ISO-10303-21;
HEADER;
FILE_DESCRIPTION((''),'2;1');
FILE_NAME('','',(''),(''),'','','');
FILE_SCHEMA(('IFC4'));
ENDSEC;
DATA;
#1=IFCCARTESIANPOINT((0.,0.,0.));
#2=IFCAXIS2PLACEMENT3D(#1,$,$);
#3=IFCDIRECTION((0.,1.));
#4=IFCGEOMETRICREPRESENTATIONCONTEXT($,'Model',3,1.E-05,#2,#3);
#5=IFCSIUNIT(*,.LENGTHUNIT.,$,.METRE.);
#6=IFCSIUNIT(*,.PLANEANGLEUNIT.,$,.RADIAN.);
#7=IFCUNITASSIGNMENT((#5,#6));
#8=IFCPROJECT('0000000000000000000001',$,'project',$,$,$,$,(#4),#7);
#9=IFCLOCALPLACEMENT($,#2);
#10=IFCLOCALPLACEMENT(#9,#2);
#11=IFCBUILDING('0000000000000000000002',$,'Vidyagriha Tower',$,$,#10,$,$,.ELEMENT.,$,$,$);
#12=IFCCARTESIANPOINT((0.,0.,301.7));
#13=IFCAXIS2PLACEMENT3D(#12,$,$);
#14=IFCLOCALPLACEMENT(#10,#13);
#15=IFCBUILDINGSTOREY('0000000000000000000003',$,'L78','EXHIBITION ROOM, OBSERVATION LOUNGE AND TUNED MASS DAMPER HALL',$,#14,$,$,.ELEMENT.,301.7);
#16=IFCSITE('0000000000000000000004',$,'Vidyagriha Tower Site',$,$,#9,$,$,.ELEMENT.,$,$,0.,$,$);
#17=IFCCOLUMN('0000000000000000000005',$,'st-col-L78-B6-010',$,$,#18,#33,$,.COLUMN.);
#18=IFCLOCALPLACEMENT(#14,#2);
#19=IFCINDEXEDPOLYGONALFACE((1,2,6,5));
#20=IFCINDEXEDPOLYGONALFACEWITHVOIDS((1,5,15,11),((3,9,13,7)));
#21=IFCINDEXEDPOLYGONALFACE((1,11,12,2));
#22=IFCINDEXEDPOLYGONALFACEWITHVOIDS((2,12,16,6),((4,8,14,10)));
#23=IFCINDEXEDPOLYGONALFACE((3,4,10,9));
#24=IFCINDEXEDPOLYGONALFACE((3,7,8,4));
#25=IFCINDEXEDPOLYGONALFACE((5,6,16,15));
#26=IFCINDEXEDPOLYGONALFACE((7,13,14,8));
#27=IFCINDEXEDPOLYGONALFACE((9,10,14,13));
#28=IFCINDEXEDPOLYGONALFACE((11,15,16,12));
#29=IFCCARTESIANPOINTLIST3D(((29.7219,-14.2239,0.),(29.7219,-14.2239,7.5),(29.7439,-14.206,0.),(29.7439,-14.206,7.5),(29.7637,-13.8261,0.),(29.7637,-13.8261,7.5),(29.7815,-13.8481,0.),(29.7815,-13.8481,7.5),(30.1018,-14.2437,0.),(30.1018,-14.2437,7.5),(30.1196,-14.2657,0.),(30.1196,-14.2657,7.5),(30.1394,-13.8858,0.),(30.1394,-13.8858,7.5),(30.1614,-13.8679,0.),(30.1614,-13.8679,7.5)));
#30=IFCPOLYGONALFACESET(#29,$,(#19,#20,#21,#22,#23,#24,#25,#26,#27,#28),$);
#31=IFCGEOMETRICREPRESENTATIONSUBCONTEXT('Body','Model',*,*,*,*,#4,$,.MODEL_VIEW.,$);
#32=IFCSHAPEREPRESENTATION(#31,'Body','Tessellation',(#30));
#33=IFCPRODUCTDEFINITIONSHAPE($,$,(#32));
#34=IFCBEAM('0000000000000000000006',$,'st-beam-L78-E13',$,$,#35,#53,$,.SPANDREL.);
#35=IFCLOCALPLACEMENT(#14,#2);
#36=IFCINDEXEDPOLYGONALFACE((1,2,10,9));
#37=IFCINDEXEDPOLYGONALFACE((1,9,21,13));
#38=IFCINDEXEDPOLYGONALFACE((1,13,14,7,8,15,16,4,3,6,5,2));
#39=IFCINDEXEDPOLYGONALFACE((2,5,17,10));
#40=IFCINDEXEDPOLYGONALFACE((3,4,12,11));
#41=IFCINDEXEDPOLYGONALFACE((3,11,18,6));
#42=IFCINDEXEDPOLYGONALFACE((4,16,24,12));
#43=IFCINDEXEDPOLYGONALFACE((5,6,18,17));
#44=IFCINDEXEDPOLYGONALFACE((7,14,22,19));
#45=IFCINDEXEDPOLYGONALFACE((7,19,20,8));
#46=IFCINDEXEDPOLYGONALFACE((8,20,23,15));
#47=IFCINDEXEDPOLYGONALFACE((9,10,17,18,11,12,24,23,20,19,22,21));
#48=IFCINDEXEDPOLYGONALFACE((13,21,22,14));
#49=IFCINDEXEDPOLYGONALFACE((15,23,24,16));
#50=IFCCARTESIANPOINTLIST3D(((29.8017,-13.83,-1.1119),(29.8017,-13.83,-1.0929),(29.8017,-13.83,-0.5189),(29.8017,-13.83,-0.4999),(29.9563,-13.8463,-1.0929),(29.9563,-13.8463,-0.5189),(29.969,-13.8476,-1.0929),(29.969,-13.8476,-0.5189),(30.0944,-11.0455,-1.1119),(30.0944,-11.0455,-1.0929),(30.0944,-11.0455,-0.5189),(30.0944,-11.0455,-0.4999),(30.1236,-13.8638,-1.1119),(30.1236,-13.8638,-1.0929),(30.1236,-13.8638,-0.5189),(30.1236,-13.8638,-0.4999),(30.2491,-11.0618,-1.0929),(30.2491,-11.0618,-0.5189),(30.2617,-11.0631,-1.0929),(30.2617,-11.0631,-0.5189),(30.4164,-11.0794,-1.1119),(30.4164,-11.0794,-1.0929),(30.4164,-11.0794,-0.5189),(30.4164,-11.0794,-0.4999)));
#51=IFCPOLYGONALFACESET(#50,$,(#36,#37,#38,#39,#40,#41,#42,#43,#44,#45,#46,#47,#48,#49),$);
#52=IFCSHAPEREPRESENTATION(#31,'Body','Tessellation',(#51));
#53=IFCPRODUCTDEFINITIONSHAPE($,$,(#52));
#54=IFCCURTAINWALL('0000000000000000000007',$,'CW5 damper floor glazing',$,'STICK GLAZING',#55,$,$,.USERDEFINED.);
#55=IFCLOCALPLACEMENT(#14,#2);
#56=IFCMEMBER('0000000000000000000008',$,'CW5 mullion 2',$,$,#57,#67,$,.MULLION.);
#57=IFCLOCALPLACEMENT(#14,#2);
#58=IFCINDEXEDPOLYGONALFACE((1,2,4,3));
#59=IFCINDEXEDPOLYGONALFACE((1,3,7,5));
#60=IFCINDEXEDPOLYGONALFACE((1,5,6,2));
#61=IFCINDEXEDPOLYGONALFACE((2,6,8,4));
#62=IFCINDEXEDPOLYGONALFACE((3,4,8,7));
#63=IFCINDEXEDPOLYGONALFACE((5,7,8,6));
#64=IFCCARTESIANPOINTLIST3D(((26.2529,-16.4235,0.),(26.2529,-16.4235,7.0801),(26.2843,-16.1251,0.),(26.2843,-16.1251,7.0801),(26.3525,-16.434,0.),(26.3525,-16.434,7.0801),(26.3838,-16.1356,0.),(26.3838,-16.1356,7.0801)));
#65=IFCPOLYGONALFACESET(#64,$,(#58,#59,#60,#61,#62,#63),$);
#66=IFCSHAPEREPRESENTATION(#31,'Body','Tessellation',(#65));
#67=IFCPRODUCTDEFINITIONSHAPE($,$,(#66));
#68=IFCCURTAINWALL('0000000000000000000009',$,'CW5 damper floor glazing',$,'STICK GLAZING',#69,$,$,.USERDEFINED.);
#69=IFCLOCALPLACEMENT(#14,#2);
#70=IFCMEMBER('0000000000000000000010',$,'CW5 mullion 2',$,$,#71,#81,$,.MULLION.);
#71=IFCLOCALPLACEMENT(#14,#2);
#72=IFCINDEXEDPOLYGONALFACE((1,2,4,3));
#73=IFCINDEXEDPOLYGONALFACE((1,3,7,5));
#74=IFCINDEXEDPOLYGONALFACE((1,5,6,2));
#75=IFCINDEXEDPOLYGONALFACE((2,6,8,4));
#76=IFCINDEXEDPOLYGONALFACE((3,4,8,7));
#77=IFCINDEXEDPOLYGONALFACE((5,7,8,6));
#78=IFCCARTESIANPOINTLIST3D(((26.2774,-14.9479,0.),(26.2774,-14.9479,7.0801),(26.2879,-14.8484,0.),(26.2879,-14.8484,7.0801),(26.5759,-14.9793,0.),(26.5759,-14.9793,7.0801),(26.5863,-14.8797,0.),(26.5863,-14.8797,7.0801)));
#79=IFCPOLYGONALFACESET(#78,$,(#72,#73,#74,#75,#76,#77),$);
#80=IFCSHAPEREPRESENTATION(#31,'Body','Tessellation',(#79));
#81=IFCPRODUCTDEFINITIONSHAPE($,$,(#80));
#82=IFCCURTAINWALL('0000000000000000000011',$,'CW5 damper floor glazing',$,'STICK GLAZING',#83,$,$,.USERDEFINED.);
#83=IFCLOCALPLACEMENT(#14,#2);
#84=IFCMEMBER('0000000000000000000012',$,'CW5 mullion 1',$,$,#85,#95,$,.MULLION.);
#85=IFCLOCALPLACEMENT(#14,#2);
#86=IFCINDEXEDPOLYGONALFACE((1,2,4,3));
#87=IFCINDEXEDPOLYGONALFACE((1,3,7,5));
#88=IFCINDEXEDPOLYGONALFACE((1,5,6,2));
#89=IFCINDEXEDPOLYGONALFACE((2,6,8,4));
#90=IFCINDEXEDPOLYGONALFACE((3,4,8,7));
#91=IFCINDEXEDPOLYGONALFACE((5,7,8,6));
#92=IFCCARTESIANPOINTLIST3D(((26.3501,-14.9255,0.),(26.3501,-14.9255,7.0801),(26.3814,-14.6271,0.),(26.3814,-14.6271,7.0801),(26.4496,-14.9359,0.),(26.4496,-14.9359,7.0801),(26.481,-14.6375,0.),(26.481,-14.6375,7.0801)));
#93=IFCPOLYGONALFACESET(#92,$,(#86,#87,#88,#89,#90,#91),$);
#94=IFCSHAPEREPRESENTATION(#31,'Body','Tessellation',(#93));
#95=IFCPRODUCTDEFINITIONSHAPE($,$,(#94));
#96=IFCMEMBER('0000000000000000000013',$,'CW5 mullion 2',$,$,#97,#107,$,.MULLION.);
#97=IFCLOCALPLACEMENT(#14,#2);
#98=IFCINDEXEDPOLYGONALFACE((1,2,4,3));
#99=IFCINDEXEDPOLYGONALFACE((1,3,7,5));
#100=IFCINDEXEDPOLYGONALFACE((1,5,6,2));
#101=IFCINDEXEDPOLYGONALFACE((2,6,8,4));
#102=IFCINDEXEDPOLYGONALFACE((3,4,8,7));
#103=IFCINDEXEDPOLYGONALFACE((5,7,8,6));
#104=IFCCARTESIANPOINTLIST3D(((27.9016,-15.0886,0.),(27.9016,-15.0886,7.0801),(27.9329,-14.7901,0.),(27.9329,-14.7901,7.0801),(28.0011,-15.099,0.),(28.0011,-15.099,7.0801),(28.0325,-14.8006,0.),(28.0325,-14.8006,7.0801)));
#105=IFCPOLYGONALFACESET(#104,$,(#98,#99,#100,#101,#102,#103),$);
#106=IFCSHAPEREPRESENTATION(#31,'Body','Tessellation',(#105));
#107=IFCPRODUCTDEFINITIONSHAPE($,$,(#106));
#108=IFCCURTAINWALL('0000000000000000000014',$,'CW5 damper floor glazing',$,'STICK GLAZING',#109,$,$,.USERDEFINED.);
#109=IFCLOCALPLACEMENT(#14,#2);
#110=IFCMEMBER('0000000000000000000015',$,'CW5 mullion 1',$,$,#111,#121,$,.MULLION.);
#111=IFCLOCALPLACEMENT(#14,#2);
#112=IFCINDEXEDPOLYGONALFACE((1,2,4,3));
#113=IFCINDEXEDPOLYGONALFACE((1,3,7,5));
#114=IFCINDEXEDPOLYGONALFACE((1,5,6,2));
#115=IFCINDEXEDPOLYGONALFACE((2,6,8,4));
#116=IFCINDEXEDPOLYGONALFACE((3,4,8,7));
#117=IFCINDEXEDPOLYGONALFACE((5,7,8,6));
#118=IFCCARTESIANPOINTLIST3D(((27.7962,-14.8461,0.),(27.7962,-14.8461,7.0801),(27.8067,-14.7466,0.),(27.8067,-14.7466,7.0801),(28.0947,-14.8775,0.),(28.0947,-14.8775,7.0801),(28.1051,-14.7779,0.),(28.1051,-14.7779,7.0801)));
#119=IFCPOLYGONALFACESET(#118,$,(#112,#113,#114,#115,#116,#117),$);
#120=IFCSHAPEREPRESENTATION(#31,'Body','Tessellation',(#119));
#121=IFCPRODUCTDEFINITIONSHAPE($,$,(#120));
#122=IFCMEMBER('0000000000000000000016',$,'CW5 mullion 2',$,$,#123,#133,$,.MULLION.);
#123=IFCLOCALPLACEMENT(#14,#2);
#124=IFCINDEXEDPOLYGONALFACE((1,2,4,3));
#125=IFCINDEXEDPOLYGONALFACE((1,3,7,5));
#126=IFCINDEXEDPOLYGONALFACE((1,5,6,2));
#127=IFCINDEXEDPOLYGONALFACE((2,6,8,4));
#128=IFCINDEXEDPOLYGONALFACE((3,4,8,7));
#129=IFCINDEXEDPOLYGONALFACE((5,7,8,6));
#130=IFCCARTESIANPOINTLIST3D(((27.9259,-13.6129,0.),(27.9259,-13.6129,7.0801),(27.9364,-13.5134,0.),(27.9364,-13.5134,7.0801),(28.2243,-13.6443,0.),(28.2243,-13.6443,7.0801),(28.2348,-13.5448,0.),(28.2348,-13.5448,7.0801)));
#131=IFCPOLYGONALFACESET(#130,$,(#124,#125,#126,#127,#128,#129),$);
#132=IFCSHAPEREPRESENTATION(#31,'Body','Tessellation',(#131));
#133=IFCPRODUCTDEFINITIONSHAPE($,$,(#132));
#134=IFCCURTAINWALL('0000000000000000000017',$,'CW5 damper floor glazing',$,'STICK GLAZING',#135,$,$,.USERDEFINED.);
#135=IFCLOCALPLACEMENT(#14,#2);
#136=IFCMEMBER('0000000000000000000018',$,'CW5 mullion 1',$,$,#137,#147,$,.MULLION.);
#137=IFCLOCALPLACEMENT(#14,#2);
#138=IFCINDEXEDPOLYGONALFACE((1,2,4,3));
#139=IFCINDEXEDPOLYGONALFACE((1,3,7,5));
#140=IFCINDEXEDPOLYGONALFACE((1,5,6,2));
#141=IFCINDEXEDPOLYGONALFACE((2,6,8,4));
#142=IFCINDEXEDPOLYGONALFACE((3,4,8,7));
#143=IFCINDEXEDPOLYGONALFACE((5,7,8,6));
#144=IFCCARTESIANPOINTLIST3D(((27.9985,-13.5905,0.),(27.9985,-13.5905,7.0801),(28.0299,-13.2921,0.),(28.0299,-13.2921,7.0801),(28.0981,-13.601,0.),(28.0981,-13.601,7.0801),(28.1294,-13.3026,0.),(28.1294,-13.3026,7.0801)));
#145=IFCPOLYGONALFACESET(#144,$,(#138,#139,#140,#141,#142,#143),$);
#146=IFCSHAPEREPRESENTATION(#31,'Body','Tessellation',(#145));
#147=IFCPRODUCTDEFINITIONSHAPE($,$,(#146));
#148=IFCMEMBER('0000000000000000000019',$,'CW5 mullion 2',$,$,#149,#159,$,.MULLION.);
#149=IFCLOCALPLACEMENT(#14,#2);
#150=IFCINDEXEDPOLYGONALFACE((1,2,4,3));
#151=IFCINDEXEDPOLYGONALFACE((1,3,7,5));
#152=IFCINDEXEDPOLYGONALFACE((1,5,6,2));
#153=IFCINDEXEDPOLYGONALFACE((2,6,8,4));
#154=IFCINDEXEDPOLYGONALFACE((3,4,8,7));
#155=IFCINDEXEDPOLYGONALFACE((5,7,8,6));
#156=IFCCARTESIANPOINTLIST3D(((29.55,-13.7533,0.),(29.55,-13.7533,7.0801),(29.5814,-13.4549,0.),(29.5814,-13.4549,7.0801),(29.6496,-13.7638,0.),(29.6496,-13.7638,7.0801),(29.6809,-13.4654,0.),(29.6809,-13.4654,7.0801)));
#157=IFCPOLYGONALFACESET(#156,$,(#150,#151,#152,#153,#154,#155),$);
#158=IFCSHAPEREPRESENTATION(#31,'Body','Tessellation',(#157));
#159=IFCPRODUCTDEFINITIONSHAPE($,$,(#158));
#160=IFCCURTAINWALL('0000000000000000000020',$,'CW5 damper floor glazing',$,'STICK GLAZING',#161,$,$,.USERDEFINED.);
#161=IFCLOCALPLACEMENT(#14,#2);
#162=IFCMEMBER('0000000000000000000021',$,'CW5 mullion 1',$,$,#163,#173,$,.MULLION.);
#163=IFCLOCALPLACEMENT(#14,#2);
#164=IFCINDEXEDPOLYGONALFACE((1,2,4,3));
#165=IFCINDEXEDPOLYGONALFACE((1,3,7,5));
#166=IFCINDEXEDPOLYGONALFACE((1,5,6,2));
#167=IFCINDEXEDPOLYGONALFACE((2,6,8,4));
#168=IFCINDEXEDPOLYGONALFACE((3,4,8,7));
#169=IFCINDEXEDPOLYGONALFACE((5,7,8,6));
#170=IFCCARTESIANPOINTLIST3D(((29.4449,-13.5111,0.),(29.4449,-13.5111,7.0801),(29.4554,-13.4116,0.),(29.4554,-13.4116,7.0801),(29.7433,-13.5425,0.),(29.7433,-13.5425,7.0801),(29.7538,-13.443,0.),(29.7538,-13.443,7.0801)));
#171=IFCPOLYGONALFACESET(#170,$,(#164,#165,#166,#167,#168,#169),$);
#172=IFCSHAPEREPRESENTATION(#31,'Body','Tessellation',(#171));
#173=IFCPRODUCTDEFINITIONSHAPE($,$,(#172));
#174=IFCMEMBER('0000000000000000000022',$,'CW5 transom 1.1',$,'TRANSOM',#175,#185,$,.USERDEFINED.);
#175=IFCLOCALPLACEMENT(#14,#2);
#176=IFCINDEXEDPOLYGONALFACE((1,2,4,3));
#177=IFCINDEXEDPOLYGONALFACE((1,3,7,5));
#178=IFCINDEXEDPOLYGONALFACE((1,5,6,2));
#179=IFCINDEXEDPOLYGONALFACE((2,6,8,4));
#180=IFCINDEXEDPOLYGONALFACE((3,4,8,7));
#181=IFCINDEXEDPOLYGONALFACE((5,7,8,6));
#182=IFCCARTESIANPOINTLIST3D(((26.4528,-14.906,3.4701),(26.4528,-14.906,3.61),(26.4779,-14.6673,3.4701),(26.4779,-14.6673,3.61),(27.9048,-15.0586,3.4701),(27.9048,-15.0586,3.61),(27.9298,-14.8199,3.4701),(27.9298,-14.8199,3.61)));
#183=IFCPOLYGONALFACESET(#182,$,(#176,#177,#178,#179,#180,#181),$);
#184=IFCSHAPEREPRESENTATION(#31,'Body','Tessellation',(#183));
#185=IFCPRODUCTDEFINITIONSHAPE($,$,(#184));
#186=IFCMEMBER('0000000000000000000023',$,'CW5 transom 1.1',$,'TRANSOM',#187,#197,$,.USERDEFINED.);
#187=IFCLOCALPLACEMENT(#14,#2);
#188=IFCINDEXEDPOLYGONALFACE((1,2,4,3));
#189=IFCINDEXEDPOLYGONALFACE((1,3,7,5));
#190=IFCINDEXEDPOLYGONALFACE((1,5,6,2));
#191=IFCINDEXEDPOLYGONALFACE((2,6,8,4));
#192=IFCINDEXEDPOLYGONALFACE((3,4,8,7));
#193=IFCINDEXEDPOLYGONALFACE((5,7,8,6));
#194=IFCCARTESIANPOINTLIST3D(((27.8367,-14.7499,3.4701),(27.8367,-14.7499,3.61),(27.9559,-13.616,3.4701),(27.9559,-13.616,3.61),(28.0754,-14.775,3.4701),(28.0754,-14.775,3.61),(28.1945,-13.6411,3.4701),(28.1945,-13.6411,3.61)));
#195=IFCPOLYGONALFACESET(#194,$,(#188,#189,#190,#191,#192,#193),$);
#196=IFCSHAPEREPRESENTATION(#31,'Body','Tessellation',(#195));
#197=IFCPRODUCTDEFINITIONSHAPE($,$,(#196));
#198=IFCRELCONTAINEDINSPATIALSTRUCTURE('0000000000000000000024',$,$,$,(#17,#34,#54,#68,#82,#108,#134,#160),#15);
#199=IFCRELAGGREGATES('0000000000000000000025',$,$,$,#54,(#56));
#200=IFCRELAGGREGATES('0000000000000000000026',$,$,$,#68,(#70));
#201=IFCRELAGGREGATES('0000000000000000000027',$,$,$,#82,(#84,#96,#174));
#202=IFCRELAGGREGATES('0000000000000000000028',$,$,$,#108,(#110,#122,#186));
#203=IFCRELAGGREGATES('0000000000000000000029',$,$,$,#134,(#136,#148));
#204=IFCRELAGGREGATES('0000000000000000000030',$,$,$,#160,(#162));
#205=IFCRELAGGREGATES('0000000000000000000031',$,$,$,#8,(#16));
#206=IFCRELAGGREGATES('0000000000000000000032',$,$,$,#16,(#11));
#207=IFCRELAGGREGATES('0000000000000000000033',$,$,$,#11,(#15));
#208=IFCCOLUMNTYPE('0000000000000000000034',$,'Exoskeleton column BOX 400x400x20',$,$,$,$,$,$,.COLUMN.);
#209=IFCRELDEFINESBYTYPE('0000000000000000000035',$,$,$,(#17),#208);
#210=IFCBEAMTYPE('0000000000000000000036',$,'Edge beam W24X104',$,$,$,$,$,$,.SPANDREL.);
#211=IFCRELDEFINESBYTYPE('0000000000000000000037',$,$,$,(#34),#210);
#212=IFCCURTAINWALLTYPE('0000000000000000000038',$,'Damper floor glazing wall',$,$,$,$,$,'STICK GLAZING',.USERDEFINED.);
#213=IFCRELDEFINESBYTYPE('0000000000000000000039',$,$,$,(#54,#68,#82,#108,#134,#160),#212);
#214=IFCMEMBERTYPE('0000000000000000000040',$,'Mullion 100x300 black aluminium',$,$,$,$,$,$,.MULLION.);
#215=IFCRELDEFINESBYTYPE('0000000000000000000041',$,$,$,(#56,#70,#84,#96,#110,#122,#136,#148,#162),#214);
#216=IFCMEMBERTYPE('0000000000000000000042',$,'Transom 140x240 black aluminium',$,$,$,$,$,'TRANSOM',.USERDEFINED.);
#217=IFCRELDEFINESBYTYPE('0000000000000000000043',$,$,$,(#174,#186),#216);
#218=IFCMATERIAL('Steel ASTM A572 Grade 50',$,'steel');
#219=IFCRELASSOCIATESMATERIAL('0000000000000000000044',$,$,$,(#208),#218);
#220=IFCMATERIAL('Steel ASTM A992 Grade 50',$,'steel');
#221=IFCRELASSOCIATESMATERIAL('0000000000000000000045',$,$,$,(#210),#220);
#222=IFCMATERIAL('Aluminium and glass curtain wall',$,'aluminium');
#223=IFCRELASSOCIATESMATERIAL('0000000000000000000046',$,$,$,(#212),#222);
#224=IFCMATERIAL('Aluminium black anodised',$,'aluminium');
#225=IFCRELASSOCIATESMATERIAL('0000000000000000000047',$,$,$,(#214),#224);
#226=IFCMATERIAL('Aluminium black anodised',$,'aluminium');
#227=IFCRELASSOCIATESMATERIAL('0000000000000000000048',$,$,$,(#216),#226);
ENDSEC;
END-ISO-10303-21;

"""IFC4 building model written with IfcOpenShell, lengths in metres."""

from ifc_helpers import new_model, si_unit, direction, frame, origin, origin_2d, place, context, subcontext, project, spatial, rectangle, hollow_rectangle, i_section, extrude, material, material_profile, profile_set, type_object, element, aggregate, save


model = new_model("IFC4")

# Units and contexts
model_context = context("Model", 3, precision=1e-05, world=origin(), true_north=direction((0.0, 1.0)))
body_context = subcontext(model_context, "Body", "Model", "MODEL_VIEW")
ifc_project = project(units=[si_unit("LENGTHUNIT", "METRE"), si_unit("PLANEANGLEUNIT", "RADIAN")], contexts=[model_context])

# Site, building, storey
site_placement = place(None, origin())
site = spatial("IfcSite", under=ifc_project, at=site_placement, Name="Vidyagriha Tower Site", CompositionType="ELEMENT", RefElevation=0.0)
building_placement = place(site_placement, origin())
building = spatial("IfcBuilding", under=site, at=building_placement, Name="Vidyagriha Tower", CompositionType="ELEMENT")
storey_placement = place(building_placement, frame((0.0, 0.0, 301.7)))
storey = spatial("IfcBuildingStorey", under=building, at=storey_placement, Name="L78", Description="EXHIBITION ROOM, OBSERVATION LOUNGE AND TUNED MASS DAMPER HALL", CompositionType="ELEMENT", Elevation=301.7)

# Column
ifc_material_1 = material(Name="Steel ASTM A572 Grade 50", Category="steel")
ifc_material_profile_1 = material_profile(ifc_material_1, hollow_rectangle(XDim=0.3999, YDim=0.3999, WallThickness=0.02, at=origin_2d()), Name="BOX 400x400x20")
ifc_profile_set_1 = profile_set([ifc_material_profile_1], Name="Steel ASTM A572 Grade 50")
column_type = type_object("IfcColumnType", Name="Exoskeleton column BOX 400x400x20", PredefinedType="COLUMN", material=ifc_profile_set_1)
column_placement = place(storey_placement, frame((29.9417, -14.0459, 0.0), z_axis=(0.0, 0.0, 1.0), x_axis=(0.994522, -0.104528, 0.0)))
element("IfcColumn", 1, at=column_placement, inside=storey, type_object=column_type, Name="st-col-L78-B6-010", PredefinedType="COLUMN", context=body_context, shape_type="SweptSolid", body=[
    extrude(hollow_rectangle(XDim=0.3999, YDim=0.3999, WallThickness=0.02, at=origin_2d()), origin(), (0.0, 0.0, 1.0), 7.5),
])

# Beam
ifc_material_2 = material(Name="Steel ASTM A992 Grade 50", Category="steel")
ifc_material_profile_2 = material_profile(ifc_material_2, i_section(OverallWidth=0.3237, OverallDepth=0.6121, WebThickness=0.0127, FlangeThickness=0.019, at=origin_2d()), Name="W24X104")
ifc_profile_set_2 = profile_set([ifc_material_profile_2], Name="Steel ASTM A992 Grade 50")
beam_type = type_object("IfcBeamType", Name="Edge beam W24X104", PredefinedType="SPANDREL", material=ifc_profile_set_2)
beam_placement = place(storey_placement, frame((29.9626, -13.8469, -0.8059), z_axis=(0.104553, 0.994519, 0.0), x_axis=(-0.994519, 0.104553, 0.0)))
element("IfcBeam", 2, at=beam_placement, inside=storey, type_object=beam_type, Name="st-beam-L78-E13", PredefinedType="SPANDREL", context=body_context, shape_type="SweptSolid", body=[
    extrude(i_section(OverallWidth=0.3237, OverallDepth=0.6121, WebThickness=0.0127, FlangeThickness=0.019, at=origin_2d()), origin(), (0.0, 0.0, 1.0), 2.7998),
])

# Curtain walls, members
ifc_material_3 = material(Name="Aluminium and glass curtain wall", Category="aluminium")
curtain_wall_type = type_object("IfcCurtainWallType", Name="Damper floor glazing wall", ElementType="STICK GLAZING", PredefinedType="USERDEFINED", material=ifc_material_3)
curtain_wall_1_placement = place(storey_placement, origin())
curtain_wall_1 = element("IfcCurtainWall", 3, at=curtain_wall_1_placement, inside=storey, type_object=curtain_wall_type, Name="CW5 damper floor glazing", ObjectType="STICK GLAZING", PredefinedType="USERDEFINED")
ifc_material_4 = material(Name="Aluminium black anodised", Category="aluminium")
ifc_material_profile_3 = material_profile(ifc_material_4, rectangle(XDim=0.3, YDim=0.1001, at=origin_2d()), Name="Mullion 100x300 black aluminium")
ifc_profile_set_3 = profile_set([ifc_material_profile_3], Name="Aluminium black anodised")
member_type_1 = type_object("IfcMemberType", Name="Mullion 100x300 black aluminium", PredefinedType="MULLION", material=ifc_profile_set_3)
member_1_placement = place(storey_placement, frame((26.3184, -16.2795, 0.0), z_axis=(0.0, 0.0, 1.0), x_axis=(0.104519, 0.994523, 0.0)))
member_1 = element("IfcMember", 4, at=member_1_placement, type_object=member_type_1, Name="CW5 mullion 2", PredefinedType="MULLION", context=body_context, shape_type="SweptSolid", body=[
    extrude(rectangle(XDim=0.3, YDim=0.1001, at=origin_2d()), origin(), (0.0, 0.0, 1.0), 7.0801),
])
aggregate(curtain_wall_1, [member_1])
curtain_wall_2_placement = place(storey_placement, origin())
curtain_wall_2 = element("IfcCurtainWall", 5, at=curtain_wall_2_placement, inside=storey, type_object=curtain_wall_type, Name="CW5 damper floor glazing", ObjectType="STICK GLAZING", PredefinedType="USERDEFINED")
member_2_placement = place(storey_placement, frame((26.4319, -14.9138, 0.0), z_axis=(0.0, 0.0, 1.0), x_axis=(-0.99452, 0.104549, 0.0)))
member_2 = element("IfcMember", 6, at=member_2_placement, type_object=member_type_1, Name="CW5 mullion 2", PredefinedType="MULLION", context=body_context, shape_type="SweptSolid", body=[
    extrude(rectangle(XDim=0.3, YDim=0.1001, at=origin_2d()), origin(), (0.0, 0.0, 1.0), 7.0801),
])

# Curtain walls, members
curtain_wall_3_placement = place(storey_placement, origin())
curtain_wall_3 = element("IfcCurtainWall", 7, at=curtain_wall_3_placement, inside=storey, type_object=curtain_wall_type, Name="CW5 damper floor glazing", ObjectType="STICK GLAZING", PredefinedType="USERDEFINED")
member_3_placement = place(storey_placement, frame((26.4155, -14.7815, 0.0), z_axis=(0.0, 0.0, 1.0), x_axis=(0.104519, 0.994523, 0.0)))
member_3 = element("IfcMember", 8, at=member_3_placement, type_object=member_type_1, Name="CW5 mullion 1", PredefinedType="MULLION", context=body_context, shape_type="SweptSolid", body=[
    extrude(rectangle(XDim=0.3, YDim=0.1001, at=origin_2d()), origin(), (0.0, 0.0, 1.0), 7.0801),
])
member_4_placement = place(storey_placement, frame((27.967, -14.9446, 0.0), z_axis=(0.0, 0.0, 1.0), x_axis=(0.104519, 0.994523, 0.0)))
member_4 = element("IfcMember", 9, at=member_4_placement, type_object=member_type_1, Name="CW5 mullion 2", PredefinedType="MULLION", context=body_context, shape_type="SweptSolid", body=[
    extrude(rectangle(XDim=0.3, YDim=0.1001, at=origin_2d()), origin(), (0.0, 0.0, 1.0), 7.0801),
])
curtain_wall_4_placement = place(storey_placement, origin())
curtain_wall_4 = element("IfcCurtainWall", 10, at=curtain_wall_4_placement, inside=storey, type_object=curtain_wall_type, Name="CW5 damper floor glazing", ObjectType="STICK GLAZING", PredefinedType="USERDEFINED")
member_5_placement = place(storey_placement, frame((27.9507, -14.812, 0.0), z_axis=(0.0, 0.0, 1.0), x_axis=(-0.99452, 0.104549, 0.0)))
member_5 = element("IfcMember", 11, at=member_5_placement, type_object=member_type_1, Name="CW5 mullion 1", PredefinedType="MULLION", context=body_context, shape_type="SweptSolid", body=[
    extrude(rectangle(XDim=0.3, YDim=0.1001, at=origin_2d()), origin(), (0.0, 0.0, 1.0), 7.0801),
])
member_6_placement = place(storey_placement, frame((28.0803, -13.5789, 0.0), z_axis=(0.0, 0.0, 1.0), x_axis=(-0.99452, 0.104549, 0.0)))
member_6 = element("IfcMember", 12, at=member_6_placement, type_object=member_type_1, Name="CW5 mullion 2", PredefinedType="MULLION", context=body_context, shape_type="SweptSolid", body=[
    extrude(rectangle(XDim=0.3, YDim=0.1001, at=origin_2d()), origin(), (0.0, 0.0, 1.0), 7.0801),
])
curtain_wall_5_placement = place(storey_placement, origin())
curtain_wall_5 = element("IfcCurtainWall", 13, at=curtain_wall_5_placement, inside=storey, type_object=curtain_wall_type, Name="CW5 damper floor glazing", ObjectType="STICK GLAZING", PredefinedType="USERDEFINED")
member_7_placement = place(storey_placement, frame((28.064, -13.4465, 0.0), z_axis=(0.0, 0.0, 1.0), x_axis=(0.104512, 0.994524, 0.0)))
member_7 = element("IfcMember", 14, at=member_7_placement, type_object=member_type_1, Name="CW5 mullion 1", PredefinedType="MULLION", context=body_context, shape_type="SweptSolid", body=[
    extrude(rectangle(XDim=0.3, YDim=0.1001, at=origin_2d()), origin(), (0.0, 0.0, 1.0), 7.0801),
])
member_8_placement = place(storey_placement, frame((29.6155, -13.6094, 0.0), z_axis=(0.0, 0.0, 1.0), x_axis=(0.104512, 0.994524, 0.0)))
member_8 = element("IfcMember", 15, at=member_8_placement, type_object=member_type_1, Name="CW5 mullion 2", PredefinedType="MULLION", context=body_context, shape_type="SweptSolid", body=[
    extrude(rectangle(XDim=0.3, YDim=0.1001, at=origin_2d()), origin(), (0.0, 0.0, 1.0), 7.0801),
])

# Curtain wall, member
curtain_wall_6_placement = place(storey_placement, origin())
curtain_wall_6 = element("IfcCurtainWall", 16, at=curtain_wall_6_placement, inside=storey, type_object=curtain_wall_type, Name="CW5 damper floor glazing", ObjectType="STICK GLAZING", PredefinedType="USERDEFINED")
member_9_placement = place(storey_placement, frame((29.5994, -13.4771, 0.0), z_axis=(0.0, 0.0, 1.0), x_axis=(-0.994522, 0.104527, 0.0)))
member_9 = element("IfcMember", 17, at=member_9_placement, type_object=member_type_1, Name="CW5 mullion 1", PredefinedType="MULLION", context=body_context, shape_type="SweptSolid", body=[
    extrude(rectangle(XDim=0.3, YDim=0.1001, at=origin_2d()), origin(), (0.0, 0.0, 1.0), 7.0801),
])

# Members
ifc_material_5 = material(Name="Aluminium black anodised", Category="aluminium")
ifc_material_profile_4 = material_profile(ifc_material_5, rectangle(XDim=0.24, YDim=0.1399, at=origin_2d()), Name="Transom 140x240 black aluminium")
ifc_profile_set_4 = profile_set([ifc_material_profile_4], Name="Aluminium black anodised")
member_type_2 = type_object("IfcMemberType", Name="Transom 140x240 black aluminium", ElementType="TRANSOM", PredefinedType="USERDEFINED", material=ifc_profile_set_4)
member_10_placement = place(storey_placement, frame((26.4653, -14.7866, 3.54), z_axis=(0.994523, -0.104519, 0.0), x_axis=(0.104519, 0.994523, 0.0)))
member_10 = element("IfcMember", 18, at=member_10_placement, type_object=member_type_2, Name="CW5 transom 1.1", ObjectType="TRANSOM", PredefinedType="USERDEFINED", context=body_context, shape_type="SweptSolid", body=[
    extrude(rectangle(XDim=0.24, YDim=0.1399, at=origin_2d()), origin(), (0.0, 0.0, 1.0), 1.46),
])
member_11_placement = place(storey_placement, frame((27.9561, -14.7625, 3.54), z_axis=(0.104506, 0.994524, 0.0), x_axis=(-0.994524, 0.104506, 0.0)))
member_11 = element("IfcMember", 19, at=member_11_placement, type_object=member_type_2, Name="CW5 transom 1.1", ObjectType="TRANSOM", PredefinedType="USERDEFINED", context=body_context, shape_type="SweptSolid", body=[
    extrude(rectangle(XDim=0.24, YDim=0.1399, at=origin_2d()), origin(), (0.0, 0.0, 1.0), 1.1401),
])

aggregate(curtain_wall_2, [member_2])
aggregate(curtain_wall_3, [member_3, member_4, member_10])
aggregate(curtain_wall_4, [member_5, member_6, member_11])
aggregate(curtain_wall_5, [member_7, member_8])
aggregate(curtain_wall_6, [member_9])

save(model, "model.ifc")
